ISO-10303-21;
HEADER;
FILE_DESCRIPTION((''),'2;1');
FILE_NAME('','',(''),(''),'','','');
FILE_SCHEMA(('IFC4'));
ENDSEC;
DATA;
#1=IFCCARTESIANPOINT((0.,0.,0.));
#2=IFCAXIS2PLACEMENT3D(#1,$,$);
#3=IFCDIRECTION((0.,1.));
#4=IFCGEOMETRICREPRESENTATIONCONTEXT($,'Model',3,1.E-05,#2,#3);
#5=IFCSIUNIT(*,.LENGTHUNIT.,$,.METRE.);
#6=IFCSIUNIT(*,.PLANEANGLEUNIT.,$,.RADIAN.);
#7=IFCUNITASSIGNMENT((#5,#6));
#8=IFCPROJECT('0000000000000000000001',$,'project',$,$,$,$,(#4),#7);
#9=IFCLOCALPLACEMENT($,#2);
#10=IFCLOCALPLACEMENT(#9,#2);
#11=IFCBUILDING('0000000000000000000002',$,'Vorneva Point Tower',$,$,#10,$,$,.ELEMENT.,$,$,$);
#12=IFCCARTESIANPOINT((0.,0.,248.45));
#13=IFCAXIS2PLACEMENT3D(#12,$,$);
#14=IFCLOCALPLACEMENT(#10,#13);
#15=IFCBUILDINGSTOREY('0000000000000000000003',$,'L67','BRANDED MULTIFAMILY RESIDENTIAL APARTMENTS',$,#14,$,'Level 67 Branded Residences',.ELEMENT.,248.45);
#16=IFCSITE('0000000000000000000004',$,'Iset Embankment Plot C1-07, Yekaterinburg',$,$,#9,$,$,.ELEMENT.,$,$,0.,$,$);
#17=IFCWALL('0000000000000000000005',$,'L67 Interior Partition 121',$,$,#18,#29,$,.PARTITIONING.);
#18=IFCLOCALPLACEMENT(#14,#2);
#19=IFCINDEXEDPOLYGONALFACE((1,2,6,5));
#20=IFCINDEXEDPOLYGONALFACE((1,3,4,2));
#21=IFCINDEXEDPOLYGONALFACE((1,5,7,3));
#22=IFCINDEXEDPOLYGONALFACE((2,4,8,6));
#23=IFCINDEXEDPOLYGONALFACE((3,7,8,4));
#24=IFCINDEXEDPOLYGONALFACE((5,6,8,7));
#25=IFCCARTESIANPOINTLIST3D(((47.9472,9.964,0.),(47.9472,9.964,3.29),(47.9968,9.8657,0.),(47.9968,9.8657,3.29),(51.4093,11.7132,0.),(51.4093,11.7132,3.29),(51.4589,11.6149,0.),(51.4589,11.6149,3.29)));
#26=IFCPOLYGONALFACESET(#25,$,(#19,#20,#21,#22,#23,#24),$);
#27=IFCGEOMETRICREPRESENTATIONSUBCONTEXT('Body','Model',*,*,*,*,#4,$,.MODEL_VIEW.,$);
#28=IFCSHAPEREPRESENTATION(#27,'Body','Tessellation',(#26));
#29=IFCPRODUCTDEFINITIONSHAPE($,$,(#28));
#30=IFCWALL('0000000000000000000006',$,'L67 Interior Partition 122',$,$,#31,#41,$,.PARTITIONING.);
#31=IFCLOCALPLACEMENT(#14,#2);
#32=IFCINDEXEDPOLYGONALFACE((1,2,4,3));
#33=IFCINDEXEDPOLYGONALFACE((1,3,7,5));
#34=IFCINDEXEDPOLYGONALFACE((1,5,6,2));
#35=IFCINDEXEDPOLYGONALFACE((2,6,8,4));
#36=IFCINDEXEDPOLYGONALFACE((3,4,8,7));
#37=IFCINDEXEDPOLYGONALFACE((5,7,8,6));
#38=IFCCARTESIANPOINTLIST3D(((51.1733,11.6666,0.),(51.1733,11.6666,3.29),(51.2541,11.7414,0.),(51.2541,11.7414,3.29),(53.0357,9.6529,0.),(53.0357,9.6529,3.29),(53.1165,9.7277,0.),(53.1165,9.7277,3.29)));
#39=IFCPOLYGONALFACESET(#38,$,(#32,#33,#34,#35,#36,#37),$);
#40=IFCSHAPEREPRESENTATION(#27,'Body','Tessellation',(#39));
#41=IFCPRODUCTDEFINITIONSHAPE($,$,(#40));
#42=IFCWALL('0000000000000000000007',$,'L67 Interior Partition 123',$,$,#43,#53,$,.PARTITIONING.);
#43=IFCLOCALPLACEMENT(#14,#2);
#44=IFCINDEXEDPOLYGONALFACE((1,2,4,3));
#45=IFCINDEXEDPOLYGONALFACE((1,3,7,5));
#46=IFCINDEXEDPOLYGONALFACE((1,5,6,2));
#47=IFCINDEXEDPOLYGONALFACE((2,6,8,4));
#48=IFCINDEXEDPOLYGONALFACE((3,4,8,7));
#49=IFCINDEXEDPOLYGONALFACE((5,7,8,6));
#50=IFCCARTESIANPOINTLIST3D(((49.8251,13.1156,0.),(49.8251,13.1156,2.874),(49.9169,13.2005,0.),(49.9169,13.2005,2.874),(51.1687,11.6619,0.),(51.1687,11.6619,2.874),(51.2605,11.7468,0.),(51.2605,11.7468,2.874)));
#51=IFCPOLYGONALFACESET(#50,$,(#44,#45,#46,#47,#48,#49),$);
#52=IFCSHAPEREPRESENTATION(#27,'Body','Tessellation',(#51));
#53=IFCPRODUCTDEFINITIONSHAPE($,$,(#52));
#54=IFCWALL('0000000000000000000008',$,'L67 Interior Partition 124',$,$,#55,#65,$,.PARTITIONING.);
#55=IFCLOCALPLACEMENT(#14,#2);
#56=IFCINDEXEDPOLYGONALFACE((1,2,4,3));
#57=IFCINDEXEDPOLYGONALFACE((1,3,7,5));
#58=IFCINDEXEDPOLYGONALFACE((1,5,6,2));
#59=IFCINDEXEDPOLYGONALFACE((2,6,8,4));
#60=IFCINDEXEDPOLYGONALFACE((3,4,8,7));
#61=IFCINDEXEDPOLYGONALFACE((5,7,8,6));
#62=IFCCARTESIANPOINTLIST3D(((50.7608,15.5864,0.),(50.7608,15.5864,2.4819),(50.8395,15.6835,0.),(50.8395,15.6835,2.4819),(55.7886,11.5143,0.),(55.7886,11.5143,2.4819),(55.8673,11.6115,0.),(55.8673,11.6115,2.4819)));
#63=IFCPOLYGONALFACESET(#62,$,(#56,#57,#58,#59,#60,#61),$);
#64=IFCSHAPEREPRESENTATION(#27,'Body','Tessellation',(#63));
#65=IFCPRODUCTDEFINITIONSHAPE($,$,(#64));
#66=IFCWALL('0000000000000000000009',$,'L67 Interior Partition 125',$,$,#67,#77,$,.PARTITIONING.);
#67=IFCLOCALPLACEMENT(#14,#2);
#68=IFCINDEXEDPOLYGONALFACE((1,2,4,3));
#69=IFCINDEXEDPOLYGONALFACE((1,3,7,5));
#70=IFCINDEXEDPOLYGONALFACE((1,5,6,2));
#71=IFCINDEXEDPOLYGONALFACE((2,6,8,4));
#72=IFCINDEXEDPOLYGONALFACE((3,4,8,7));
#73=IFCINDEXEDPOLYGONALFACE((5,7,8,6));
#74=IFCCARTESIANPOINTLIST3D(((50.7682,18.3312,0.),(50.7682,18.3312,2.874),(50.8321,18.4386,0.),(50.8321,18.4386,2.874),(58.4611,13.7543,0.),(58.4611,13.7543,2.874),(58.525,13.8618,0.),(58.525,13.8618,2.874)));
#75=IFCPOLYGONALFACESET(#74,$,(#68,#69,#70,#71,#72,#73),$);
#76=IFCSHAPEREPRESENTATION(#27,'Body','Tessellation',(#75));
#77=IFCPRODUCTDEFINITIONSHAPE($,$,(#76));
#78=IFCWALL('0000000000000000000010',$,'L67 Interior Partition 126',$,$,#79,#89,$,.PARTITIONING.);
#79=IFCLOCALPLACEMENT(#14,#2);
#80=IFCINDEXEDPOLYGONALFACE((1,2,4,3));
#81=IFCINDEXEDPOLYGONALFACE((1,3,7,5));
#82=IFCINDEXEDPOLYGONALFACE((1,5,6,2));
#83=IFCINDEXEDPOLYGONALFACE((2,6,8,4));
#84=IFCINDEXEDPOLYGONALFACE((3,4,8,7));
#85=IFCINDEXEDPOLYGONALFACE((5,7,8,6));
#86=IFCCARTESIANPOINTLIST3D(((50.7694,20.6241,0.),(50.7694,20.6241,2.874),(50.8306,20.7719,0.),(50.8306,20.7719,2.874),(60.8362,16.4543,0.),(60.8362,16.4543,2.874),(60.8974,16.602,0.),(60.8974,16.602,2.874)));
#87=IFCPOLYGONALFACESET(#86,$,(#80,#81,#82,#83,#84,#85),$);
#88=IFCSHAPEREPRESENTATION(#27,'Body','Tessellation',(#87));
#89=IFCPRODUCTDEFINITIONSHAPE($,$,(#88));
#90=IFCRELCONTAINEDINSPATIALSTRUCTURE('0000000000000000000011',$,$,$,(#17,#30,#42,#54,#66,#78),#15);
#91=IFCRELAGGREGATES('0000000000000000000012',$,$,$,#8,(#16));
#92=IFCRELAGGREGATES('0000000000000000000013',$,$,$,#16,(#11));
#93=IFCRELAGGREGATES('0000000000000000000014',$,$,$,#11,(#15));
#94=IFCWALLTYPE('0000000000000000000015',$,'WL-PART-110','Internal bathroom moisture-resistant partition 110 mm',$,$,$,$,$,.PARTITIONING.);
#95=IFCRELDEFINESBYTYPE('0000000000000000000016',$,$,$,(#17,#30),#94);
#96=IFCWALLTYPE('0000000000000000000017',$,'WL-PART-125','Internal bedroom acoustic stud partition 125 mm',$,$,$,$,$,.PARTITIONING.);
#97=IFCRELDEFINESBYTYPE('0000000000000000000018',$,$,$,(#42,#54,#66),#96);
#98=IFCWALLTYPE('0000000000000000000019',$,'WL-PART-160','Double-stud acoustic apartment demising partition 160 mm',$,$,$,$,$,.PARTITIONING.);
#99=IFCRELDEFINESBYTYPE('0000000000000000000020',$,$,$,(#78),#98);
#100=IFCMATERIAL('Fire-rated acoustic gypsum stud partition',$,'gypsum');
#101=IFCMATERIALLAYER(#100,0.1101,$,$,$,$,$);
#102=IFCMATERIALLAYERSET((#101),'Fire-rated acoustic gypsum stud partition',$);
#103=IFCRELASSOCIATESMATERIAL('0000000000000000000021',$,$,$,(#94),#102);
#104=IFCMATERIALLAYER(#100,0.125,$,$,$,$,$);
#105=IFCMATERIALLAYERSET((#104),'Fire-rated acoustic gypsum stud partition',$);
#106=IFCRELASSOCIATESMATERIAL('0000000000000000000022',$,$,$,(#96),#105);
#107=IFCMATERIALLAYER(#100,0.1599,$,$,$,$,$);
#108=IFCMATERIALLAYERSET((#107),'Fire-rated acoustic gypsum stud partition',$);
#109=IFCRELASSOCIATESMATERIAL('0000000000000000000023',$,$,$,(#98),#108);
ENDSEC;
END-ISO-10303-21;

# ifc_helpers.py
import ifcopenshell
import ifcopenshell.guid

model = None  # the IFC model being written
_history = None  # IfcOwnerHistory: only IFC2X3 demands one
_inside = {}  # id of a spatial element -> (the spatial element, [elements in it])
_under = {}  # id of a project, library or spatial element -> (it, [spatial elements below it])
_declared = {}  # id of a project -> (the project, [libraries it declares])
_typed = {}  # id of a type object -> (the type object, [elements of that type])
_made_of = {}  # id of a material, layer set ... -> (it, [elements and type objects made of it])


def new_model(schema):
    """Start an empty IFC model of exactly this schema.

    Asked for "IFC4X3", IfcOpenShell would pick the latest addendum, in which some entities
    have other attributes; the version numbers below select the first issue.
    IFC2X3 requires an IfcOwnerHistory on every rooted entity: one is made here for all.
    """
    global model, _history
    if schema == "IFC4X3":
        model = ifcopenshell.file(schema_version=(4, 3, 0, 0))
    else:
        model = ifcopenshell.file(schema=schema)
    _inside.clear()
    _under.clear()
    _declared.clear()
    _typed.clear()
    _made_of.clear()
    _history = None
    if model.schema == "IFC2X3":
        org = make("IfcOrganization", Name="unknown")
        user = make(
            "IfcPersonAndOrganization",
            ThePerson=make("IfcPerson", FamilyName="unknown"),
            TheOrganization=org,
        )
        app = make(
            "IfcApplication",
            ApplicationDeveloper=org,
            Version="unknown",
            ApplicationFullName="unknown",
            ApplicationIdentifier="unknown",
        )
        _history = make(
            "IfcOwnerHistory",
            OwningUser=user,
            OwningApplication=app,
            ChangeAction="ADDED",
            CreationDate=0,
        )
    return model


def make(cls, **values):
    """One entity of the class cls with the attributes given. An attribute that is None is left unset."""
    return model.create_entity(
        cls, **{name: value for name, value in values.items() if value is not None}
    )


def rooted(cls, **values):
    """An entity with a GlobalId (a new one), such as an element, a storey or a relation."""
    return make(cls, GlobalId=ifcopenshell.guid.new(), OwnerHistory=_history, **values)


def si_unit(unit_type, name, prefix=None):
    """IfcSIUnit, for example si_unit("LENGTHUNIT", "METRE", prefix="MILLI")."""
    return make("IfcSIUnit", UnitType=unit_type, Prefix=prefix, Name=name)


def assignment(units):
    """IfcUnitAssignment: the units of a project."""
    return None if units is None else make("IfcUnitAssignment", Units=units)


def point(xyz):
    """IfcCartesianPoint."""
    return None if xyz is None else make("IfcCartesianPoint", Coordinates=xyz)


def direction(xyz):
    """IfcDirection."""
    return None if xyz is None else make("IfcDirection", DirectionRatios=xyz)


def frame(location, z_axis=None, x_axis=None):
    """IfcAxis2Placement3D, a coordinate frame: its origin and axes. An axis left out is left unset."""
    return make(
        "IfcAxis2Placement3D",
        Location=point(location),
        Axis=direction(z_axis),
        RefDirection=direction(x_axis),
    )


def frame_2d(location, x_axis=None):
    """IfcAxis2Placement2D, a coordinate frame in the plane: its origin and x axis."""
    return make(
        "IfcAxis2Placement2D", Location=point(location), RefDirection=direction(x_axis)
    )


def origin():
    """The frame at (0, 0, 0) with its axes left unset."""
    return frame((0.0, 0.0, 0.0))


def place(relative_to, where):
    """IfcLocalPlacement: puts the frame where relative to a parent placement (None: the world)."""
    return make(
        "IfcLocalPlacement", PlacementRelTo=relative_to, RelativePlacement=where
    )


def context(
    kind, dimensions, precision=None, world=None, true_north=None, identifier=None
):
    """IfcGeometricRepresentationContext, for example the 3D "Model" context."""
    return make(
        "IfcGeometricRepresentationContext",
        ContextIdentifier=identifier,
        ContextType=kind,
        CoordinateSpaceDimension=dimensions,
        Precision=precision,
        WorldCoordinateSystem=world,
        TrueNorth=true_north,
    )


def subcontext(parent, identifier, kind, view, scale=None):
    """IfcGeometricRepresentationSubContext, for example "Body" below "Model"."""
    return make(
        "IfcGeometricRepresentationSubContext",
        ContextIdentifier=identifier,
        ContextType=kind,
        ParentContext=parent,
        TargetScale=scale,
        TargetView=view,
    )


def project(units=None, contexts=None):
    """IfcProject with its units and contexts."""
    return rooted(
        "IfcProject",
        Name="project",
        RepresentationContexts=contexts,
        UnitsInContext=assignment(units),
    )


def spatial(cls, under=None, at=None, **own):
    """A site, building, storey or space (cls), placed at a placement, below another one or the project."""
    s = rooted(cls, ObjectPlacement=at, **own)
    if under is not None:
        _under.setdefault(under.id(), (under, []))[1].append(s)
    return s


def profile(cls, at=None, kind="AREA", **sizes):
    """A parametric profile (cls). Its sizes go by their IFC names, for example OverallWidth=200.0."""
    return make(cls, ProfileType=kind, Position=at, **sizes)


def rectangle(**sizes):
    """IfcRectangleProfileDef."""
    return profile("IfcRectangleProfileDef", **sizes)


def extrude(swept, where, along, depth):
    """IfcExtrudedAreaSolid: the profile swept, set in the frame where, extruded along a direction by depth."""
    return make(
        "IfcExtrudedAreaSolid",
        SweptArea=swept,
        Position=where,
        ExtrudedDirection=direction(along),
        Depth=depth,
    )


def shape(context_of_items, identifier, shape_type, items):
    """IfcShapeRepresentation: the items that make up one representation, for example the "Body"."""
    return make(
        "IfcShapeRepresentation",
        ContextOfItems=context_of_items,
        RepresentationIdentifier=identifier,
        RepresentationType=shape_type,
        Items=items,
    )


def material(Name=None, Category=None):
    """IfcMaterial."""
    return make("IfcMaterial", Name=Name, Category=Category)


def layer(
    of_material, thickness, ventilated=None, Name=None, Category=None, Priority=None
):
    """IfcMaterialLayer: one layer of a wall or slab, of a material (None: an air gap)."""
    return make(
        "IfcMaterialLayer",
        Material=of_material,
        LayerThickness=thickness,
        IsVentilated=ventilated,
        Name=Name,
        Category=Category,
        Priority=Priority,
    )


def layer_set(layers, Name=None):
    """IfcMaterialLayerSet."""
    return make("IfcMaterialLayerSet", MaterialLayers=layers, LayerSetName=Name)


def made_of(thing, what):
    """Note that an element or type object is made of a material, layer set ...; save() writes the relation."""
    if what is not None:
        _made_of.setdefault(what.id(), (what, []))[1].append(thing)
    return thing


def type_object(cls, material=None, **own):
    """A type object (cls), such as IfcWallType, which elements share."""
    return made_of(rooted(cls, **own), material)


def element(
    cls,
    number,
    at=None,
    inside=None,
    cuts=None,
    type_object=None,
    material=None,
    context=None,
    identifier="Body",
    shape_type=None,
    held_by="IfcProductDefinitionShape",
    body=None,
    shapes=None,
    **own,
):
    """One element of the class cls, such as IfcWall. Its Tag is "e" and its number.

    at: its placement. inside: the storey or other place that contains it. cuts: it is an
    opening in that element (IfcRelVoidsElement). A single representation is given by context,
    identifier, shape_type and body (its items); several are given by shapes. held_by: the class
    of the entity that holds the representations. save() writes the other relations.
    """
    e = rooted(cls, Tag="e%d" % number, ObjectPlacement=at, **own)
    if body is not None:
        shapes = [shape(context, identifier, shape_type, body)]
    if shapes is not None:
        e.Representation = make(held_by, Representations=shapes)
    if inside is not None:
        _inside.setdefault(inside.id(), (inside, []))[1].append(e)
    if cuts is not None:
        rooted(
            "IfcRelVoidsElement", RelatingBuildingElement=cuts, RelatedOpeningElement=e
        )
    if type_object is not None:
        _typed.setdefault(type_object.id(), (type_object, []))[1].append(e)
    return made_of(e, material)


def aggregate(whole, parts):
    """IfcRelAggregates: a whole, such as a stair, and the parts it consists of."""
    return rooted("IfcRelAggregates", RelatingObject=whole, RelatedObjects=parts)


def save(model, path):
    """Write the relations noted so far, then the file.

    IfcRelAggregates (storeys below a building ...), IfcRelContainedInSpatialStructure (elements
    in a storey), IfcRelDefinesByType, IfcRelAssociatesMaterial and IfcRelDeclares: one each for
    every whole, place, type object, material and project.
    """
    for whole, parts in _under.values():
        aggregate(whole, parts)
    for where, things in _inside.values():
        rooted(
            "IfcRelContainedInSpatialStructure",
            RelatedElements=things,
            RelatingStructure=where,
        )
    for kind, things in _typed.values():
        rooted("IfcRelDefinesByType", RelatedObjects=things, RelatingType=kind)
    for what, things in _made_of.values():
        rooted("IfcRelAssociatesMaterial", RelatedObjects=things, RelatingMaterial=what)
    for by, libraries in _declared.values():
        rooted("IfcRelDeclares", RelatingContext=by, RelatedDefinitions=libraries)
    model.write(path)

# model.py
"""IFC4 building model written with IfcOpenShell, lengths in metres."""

from ifc_helpers import new_model, si_unit, direction, frame, frame_2d, origin, place, context, subcontext, project, spatial, rectangle, extrude, material, layer, layer_set, type_object, element, save


model = new_model("IFC4")

# Units and contexts
model_context = context("Model", 3, precision=1e-05, world=origin(), true_north=direction((0.0, 1.0)))
body_context = subcontext(model_context, "Body", "Model", "MODEL_VIEW")
ifc_project = project(units=[si_unit("LENGTHUNIT", "METRE"), si_unit("PLANEANGLEUNIT", "RADIAN")], contexts=[model_context])

# Site, building, storey
site_placement = place(None, origin())
site = spatial("IfcSite", under=ifc_project, at=site_placement, Name="Iset Embankment Plot C1-07, Yekaterinburg", CompositionType="ELEMENT", RefElevation=0.0)
building_placement = place(site_placement, origin())
building = spatial("IfcBuilding", under=site, at=building_placement, Name="Vorneva Point Tower", CompositionType="ELEMENT")
storey_placement = place(building_placement, frame((0.0, 0.0, 248.45)))
storey = spatial("IfcBuildingStorey", under=building, at=storey_placement, Name="L67", Description="BRANDED MULTIFAMILY RESIDENTIAL APARTMENTS", LongName="Level 67 Branded Residences", CompositionType="ELEMENT", Elevation=248.45)

# Walls
ifc_material_1 = material(Name="Fire-rated acoustic gypsum stud partition", Category="gypsum")
ifc_layer_1 = layer(ifc_material_1, 0.1101)
ifc_layer_set_1 = layer_set([ifc_layer_1], Name="Fire-rated acoustic gypsum stud partition")
wall_type_1 = type_object("IfcWallType", Name="WL-PART-110", Description="Internal bathroom moisture-resistant partition 110 mm", PredefinedType="PARTITIONING", material=ifc_layer_set_1)
wall_1_placement = place(storey_placement, frame((51.4341, 11.6641, 0.0), z_axis=(0.0, 0.0, 1.0), x_axis=(-0.892544, -0.450961, 0.0)))
element("IfcWall", 1, at=wall_1_placement, inside=storey, type_object=wall_type_1, Name="L67 Interior Partition 121", PredefinedType="PARTITIONING", context=body_context, shape_type="SweptSolid", body=[
    extrude(rectangle(XDim=3.8789, YDim=0.1101, at=frame_2d((1.9395, 0.0))), origin(), (0.0, 0.0, 1.0), 3.29),
])
wall_2_placement = place(storey_placement, frame((53.0762, 9.6902, 0.0), z_axis=(0.0, 0.0, 1.0), x_axis=(-0.678975, 0.734162, 0.0)))
element("IfcWall", 2, at=wall_2_placement, inside=storey, type_object=wall_type_1, Name="L67 Interior Partition 122", PredefinedType="PARTITIONING", context=body_context, shape_type="SweptSolid", body=[
    extrude(rectangle(XDim=2.7429, YDim=0.1101, at=frame_2d((1.3716, 0.0))), origin(), (0.0, 0.0, 1.0), 3.29),
])
ifc_layer_2 = layer(ifc_material_1, 0.125)
ifc_layer_set_2 = layer_set([ifc_layer_2], Name="Fire-rated acoustic gypsum stud partition")
wall_type_2 = type_object("IfcWallType", Name="WL-PART-125", Description="Internal bedroom acoustic stud partition 125 mm", PredefinedType="PARTITIONING", material=ifc_layer_set_2)
wall_3_placement = place(storey_placement, frame((51.2146, 11.7043, 0.0), z_axis=(0.0, 0.0, 1.0), x_axis=(-0.678746, 0.734373, 0.0)))
element("IfcWall", 3, at=wall_3_placement, inside=storey, type_object=wall_type_2, Name="L67 Interior Partition 123", PredefinedType="PARTITIONING", context=body_context, shape_type="SweptSolid", body=[
    extrude(rectangle(XDim=1.9795, YDim=0.125, at=frame_2d((0.9897, 0.0))), origin(), (0.0, 0.0, 1.0), 2.874),
])
wall_4_placement = place(storey_placement, frame((55.8279, 11.563, 0.0), z_axis=(0.0, 0.0, 1.0), x_axis=(-0.777103, 0.629373, 0.0)))
element("IfcWall", 4, at=wall_4_placement, inside=storey, type_object=wall_type_2, Name="L67 Interior Partition 124", PredefinedType="PARTITIONING", context=body_context, shape_type="SweptSolid", body=[
    extrude(rectangle(XDim=6.47, YDim=0.125, at=frame_2d((3.2349, 0.0))), origin(), (0.0, 0.0, 1.0), 2.4819),
])
wall_5_placement = place(storey_placement, frame((58.4929, 13.8081, 0.0), z_axis=(0.0, 0.0, 1.0), x_axis=(-0.8594, 0.511304, 0.0)))
element("IfcWall", 5, at=wall_5_placement, inside=storey, type_object=wall_type_2, Name="L67 Interior Partition 125", PredefinedType="PARTITIONING", context=body_context, shape_type="SweptSolid", body=[
    extrude(rectangle(XDim=8.9514, YDim=0.125, at=frame_2d((4.4756, 0.0))), origin(), (0.0, 0.0, 1.0), 2.874),
])
ifc_layer_3 = layer(ifc_material_1, 0.1599)
ifc_layer_set_3 = layer_set([ifc_layer_3], Name="Fire-rated acoustic gypsum stud partition")
wall_type_3 = type_object("IfcWallType", Name="WL-PART-160", Description="Double-stud acoustic apartment demising partition 160 mm", PredefinedType="PARTITIONING", material=ifc_layer_set_3)
wall_6_placement = place(storey_placement, frame((60.8669, 16.5281, 0.0), z_axis=(0.0, 0.0, 1.0), x_axis=(-0.923877, 0.38269, 0.0)))
element("IfcWall", 6, at=wall_6_placement, inside=storey, type_object=wall_type_3, Name="L67 Interior Partition 126", PredefinedType="PARTITIONING", context=body_context, shape_type="SweptSolid", body=[
    extrude(rectangle(XDim=10.8962, YDim=0.1599, at=frame_2d((5.4482, 0.0))), origin(), (0.0, 0.0, 1.0), 2.874),
])

save(model, "model.ifc")
